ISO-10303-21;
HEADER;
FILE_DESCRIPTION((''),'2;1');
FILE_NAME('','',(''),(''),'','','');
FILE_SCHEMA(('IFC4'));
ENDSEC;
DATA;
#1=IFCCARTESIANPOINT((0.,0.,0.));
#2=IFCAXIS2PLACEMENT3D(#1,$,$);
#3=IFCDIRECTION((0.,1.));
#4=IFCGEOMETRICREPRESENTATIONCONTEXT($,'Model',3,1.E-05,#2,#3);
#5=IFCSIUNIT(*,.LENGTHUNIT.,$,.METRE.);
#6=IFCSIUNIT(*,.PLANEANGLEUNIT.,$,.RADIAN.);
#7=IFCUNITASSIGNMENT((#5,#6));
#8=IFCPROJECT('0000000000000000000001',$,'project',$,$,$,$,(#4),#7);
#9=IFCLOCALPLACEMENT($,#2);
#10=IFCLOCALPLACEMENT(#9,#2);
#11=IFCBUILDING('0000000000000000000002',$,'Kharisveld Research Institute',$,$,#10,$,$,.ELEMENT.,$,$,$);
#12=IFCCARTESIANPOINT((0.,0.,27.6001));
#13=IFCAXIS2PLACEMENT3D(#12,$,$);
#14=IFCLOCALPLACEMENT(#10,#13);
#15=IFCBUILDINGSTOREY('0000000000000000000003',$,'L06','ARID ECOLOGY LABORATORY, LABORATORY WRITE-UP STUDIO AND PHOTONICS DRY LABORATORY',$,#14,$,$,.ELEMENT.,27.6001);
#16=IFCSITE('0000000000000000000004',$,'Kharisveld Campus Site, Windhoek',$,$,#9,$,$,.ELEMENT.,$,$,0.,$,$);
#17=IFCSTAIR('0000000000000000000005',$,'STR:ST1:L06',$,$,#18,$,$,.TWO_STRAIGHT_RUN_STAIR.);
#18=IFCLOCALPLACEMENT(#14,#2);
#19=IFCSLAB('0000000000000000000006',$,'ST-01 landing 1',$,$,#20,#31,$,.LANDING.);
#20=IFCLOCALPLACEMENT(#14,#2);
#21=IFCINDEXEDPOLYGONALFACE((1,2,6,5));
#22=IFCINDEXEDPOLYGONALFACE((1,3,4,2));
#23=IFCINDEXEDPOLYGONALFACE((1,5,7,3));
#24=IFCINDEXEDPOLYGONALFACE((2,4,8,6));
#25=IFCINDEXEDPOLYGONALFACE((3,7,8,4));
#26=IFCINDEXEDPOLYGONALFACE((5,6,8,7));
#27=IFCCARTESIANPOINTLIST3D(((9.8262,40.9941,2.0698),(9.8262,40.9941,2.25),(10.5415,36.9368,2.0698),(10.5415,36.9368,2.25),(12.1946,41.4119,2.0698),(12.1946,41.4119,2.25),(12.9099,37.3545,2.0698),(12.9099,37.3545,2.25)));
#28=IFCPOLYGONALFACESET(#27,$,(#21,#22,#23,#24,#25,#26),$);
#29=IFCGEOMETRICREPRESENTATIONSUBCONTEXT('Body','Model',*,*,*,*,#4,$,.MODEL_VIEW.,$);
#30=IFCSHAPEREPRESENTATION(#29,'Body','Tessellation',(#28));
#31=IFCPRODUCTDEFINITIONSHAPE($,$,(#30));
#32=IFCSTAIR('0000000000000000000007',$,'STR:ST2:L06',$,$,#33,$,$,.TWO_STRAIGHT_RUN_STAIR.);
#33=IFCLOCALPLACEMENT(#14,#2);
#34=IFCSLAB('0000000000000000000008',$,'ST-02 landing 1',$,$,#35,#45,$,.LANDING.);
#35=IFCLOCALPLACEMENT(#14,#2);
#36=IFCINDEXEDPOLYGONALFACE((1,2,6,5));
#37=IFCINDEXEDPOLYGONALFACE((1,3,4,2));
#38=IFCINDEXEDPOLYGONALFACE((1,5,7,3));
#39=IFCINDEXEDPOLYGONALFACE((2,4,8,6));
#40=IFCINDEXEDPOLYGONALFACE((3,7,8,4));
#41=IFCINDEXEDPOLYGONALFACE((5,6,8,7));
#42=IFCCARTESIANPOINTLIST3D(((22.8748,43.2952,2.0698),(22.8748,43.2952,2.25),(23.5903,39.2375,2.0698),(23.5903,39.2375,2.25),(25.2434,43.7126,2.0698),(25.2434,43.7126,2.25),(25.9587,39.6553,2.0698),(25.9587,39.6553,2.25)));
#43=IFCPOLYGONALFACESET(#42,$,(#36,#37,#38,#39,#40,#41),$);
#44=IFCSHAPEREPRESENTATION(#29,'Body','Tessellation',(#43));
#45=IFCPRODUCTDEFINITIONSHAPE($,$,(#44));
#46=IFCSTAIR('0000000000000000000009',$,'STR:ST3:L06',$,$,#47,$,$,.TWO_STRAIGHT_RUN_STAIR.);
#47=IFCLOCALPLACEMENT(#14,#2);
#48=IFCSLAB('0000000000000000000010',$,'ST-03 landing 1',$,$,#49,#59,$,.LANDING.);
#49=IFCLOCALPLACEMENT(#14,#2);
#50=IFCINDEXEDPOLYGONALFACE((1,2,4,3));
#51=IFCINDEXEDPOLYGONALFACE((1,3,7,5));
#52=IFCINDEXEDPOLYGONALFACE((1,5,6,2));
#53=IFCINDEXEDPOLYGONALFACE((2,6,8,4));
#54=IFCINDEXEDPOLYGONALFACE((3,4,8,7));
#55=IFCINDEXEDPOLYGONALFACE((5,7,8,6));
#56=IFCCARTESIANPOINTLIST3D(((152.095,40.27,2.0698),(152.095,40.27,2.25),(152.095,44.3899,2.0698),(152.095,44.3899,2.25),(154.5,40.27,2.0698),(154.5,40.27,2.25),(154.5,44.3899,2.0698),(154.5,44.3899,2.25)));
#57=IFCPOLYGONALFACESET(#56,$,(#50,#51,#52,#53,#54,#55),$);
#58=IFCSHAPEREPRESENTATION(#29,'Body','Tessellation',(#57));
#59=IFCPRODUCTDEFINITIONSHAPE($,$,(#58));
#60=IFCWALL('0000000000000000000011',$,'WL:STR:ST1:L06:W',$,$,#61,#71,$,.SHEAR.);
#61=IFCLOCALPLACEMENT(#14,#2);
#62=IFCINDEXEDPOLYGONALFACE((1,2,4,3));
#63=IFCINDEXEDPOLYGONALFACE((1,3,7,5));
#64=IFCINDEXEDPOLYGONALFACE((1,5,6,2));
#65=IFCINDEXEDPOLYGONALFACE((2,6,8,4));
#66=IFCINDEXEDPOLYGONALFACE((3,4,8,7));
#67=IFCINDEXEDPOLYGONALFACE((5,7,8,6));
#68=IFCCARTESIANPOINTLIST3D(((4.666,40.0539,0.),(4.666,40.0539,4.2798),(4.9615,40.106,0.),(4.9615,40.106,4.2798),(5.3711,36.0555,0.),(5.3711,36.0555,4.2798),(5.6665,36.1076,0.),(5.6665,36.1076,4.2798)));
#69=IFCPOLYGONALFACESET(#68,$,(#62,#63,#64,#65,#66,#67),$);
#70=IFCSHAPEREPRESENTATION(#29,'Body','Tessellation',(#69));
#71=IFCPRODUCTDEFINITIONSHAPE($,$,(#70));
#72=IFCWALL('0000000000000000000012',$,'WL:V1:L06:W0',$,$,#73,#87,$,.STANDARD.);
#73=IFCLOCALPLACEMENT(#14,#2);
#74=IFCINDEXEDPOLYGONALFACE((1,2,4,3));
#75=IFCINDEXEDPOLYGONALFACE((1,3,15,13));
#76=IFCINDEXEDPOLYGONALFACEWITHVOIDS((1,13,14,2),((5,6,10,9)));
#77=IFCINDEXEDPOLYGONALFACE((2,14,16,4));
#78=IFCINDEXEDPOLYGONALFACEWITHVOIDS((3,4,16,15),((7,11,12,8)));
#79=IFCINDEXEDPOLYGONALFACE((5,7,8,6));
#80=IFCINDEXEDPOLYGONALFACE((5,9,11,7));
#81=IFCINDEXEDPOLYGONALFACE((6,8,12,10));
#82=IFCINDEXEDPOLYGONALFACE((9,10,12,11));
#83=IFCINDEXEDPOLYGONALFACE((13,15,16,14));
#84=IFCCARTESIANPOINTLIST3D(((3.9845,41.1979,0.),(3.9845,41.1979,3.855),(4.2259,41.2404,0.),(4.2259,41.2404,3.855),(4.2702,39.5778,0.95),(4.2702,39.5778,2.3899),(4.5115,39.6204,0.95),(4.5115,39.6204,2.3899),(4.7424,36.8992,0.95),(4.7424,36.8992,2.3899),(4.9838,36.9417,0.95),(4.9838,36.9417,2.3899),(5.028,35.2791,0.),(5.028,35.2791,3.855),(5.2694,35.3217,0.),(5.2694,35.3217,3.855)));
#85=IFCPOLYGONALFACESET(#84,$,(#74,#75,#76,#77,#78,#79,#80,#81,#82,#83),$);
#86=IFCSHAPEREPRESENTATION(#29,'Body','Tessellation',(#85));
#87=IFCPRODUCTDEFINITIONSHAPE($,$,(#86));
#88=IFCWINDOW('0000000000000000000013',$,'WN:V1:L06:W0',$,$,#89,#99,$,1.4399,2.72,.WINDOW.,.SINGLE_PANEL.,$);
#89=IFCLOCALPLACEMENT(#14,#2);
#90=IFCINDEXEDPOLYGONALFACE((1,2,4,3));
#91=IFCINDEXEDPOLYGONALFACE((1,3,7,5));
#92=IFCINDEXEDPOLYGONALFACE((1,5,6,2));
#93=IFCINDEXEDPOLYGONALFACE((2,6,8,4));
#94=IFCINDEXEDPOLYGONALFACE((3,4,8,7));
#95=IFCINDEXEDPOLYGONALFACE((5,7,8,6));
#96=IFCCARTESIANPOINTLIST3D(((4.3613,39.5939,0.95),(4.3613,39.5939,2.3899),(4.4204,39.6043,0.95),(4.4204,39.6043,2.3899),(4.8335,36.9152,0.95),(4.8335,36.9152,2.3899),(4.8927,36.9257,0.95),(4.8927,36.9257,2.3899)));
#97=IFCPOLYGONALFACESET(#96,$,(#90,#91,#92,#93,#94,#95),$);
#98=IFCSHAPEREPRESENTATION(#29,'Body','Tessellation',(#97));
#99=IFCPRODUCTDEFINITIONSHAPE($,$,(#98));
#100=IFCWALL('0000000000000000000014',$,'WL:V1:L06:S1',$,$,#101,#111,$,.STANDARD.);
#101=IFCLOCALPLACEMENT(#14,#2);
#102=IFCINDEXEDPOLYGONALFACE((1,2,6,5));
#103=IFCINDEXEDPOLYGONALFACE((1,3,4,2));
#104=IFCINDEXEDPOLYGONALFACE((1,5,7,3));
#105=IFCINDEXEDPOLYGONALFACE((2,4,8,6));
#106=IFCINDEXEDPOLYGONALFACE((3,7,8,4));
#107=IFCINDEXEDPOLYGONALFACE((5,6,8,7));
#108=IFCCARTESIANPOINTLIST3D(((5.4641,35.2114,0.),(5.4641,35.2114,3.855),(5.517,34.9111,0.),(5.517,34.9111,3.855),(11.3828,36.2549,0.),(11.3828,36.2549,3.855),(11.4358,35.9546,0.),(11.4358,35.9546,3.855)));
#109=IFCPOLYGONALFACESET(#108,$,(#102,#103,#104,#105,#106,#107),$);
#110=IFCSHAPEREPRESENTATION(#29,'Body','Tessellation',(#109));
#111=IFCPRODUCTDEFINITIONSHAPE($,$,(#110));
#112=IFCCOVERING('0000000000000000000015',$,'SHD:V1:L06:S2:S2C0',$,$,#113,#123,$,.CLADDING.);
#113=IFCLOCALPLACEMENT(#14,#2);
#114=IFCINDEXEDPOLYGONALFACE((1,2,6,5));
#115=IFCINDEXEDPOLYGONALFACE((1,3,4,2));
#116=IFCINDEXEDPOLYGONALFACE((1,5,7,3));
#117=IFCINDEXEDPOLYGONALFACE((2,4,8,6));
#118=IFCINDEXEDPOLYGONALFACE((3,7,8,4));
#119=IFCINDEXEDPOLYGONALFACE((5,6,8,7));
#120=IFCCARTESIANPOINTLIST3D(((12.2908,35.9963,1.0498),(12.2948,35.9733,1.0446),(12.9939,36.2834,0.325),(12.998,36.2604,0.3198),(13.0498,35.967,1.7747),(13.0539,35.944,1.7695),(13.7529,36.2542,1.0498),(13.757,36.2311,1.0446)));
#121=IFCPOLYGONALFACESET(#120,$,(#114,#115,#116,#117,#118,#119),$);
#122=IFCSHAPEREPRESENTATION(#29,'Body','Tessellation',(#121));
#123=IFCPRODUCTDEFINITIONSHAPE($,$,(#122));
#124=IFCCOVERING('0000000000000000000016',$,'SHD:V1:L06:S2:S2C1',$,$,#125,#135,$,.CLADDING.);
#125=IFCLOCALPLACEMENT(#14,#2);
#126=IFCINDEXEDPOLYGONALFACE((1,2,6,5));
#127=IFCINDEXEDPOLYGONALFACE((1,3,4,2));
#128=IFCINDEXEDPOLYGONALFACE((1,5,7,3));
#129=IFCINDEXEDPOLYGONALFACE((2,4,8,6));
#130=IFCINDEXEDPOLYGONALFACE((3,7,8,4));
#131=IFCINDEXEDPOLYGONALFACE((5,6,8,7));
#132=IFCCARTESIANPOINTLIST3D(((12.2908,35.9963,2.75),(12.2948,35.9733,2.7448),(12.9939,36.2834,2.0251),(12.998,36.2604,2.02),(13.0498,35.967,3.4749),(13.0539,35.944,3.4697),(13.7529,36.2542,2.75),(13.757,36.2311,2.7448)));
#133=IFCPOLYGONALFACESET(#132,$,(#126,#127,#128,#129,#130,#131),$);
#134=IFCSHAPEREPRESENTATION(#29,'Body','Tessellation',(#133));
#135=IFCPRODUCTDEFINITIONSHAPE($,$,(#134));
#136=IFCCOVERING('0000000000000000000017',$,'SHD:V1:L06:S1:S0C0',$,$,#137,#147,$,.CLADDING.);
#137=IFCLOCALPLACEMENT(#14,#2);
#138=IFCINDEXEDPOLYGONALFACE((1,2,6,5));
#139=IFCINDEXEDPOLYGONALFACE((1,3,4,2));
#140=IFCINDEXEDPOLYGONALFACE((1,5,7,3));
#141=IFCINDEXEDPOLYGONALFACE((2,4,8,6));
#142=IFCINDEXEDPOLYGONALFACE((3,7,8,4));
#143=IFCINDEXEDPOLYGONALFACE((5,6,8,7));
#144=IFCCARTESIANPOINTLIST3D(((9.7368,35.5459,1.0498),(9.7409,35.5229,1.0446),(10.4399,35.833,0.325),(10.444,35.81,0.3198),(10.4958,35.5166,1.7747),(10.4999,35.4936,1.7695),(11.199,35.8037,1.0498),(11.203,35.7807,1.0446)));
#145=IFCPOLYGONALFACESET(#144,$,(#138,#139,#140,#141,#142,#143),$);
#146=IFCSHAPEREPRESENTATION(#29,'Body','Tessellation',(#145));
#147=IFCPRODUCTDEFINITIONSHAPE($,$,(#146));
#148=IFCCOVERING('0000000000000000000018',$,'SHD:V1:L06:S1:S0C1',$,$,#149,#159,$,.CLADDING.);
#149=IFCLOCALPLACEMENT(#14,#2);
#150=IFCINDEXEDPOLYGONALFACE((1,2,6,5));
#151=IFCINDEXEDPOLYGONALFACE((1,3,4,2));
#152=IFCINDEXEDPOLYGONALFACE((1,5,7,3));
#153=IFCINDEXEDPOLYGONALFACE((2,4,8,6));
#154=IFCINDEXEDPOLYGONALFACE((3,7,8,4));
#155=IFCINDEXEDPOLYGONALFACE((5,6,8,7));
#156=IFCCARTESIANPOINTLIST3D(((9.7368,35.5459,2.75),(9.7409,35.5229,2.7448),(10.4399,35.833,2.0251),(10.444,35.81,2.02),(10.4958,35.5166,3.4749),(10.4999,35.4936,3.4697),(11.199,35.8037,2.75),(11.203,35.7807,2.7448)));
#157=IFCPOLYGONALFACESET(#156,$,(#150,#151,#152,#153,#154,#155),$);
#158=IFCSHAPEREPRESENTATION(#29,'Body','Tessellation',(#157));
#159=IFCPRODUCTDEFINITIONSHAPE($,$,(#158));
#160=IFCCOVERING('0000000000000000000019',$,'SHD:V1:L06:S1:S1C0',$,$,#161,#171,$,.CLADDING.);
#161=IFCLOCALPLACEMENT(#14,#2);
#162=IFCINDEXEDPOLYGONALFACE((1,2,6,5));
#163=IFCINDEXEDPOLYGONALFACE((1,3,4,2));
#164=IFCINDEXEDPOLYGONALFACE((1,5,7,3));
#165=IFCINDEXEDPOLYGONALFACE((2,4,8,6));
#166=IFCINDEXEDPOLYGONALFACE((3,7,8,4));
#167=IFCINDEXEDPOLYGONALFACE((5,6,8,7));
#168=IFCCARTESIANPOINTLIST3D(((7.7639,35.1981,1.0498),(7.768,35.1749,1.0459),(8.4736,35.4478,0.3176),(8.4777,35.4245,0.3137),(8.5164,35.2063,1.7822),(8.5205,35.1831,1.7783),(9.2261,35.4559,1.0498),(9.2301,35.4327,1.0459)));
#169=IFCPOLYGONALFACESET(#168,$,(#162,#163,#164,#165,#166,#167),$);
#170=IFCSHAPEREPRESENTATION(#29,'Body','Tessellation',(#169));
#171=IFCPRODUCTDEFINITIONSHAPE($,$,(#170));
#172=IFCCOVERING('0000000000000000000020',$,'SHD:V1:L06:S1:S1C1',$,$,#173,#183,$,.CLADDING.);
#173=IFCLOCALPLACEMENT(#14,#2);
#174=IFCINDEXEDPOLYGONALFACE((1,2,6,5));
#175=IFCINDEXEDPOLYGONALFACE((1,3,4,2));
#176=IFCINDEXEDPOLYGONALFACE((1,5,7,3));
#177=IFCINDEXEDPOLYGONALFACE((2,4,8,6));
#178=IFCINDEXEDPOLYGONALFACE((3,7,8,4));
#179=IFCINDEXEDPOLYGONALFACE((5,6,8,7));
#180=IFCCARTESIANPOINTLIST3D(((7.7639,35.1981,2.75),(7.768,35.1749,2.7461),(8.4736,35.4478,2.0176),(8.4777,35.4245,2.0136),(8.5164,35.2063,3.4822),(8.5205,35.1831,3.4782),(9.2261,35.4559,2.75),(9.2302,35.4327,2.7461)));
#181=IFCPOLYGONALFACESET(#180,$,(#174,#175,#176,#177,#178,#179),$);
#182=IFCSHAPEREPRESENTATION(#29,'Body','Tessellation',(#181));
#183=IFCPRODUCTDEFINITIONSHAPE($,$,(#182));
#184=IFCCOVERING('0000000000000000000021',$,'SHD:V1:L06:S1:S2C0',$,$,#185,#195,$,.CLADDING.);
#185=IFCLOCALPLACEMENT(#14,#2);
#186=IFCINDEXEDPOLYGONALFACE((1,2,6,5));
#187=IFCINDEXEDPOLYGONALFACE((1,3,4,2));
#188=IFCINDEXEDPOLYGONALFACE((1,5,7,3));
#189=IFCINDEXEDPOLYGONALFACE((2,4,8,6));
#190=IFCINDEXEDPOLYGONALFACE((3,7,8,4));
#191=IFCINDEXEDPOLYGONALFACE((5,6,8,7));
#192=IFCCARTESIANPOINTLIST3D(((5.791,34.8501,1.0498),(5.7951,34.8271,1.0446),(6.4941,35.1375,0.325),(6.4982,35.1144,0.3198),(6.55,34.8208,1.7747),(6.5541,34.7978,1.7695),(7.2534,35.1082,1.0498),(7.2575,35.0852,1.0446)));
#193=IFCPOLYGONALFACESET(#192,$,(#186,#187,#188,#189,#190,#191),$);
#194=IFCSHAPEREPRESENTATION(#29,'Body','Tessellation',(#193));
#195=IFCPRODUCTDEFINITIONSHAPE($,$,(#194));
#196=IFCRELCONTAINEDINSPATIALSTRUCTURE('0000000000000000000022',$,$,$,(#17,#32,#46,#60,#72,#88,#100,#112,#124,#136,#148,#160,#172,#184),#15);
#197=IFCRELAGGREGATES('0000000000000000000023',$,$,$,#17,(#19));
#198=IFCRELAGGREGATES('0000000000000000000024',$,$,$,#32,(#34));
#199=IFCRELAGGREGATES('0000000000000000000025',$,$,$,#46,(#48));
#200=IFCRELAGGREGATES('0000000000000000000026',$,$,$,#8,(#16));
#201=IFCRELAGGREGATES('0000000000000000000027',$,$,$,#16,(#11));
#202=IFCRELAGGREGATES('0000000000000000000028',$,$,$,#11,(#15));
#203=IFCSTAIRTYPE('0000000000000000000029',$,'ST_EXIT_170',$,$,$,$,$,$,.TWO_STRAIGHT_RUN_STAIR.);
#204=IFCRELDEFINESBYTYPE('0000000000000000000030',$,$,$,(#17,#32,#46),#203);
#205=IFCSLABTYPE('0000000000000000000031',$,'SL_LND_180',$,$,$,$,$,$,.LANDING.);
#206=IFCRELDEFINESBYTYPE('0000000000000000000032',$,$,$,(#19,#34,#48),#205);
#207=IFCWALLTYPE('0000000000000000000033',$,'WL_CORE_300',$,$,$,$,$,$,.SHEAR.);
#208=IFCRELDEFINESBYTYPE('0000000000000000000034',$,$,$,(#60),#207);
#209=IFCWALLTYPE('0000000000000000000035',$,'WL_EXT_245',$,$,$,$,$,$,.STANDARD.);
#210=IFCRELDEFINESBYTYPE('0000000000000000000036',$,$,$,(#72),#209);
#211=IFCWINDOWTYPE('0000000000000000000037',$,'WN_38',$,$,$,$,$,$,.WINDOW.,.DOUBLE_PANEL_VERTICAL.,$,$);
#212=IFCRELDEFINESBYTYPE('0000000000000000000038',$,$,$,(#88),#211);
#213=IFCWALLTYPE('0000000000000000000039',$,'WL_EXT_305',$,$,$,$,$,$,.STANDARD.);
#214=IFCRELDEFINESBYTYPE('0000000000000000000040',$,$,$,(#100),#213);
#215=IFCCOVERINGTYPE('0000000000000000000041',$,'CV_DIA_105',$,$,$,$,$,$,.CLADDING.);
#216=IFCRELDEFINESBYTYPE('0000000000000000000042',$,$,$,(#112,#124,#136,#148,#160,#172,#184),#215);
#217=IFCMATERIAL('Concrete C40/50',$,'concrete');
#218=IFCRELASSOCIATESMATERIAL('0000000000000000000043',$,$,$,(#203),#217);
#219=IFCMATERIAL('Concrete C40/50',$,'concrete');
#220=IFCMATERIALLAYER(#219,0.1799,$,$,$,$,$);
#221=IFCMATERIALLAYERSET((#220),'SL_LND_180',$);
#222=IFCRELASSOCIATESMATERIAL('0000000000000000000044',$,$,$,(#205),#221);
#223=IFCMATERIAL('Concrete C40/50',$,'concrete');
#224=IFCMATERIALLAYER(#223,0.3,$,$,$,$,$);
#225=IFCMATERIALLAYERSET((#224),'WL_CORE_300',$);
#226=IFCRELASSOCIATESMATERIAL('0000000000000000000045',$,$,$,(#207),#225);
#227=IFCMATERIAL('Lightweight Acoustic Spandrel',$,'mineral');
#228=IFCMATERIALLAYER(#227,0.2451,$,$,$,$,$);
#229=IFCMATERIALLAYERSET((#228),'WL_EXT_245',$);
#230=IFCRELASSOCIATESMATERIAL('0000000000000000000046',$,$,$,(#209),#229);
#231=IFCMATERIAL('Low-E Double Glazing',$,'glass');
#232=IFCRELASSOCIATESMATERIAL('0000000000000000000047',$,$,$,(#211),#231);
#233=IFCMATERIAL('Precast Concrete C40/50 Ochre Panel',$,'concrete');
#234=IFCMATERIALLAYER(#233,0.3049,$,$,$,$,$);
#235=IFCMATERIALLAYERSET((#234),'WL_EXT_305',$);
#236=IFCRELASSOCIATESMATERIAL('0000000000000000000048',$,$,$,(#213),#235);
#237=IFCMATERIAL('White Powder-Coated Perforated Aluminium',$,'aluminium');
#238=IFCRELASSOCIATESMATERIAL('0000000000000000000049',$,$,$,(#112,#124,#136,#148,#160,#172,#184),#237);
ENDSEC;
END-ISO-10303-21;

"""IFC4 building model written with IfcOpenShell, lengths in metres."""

from ifc_helpers import new_model, si_unit, direction, frame, frame_2d, origin, place, context, subcontext, project, spatial, polyline, rectangle, outline, extrude, material, layer, layer_set, type_object, element, fill, aggregate, save


model = new_model("IFC4")

# Units and contexts
model_context = context("Model", 3, precision=1e-05, world=origin(), true_north=direction((0.0, 1.0)))
body_context = subcontext(model_context, "Body", "Model", "MODEL_VIEW")
ifc_project = project(units=[si_unit("LENGTHUNIT", "METRE"), si_unit("PLANEANGLEUNIT", "RADIAN")], contexts=[model_context])

# Site, building, storey
site_placement = place(None, origin())
site = spatial("IfcSite", under=ifc_project, at=site_placement, Name="Kharisveld Campus Site, Windhoek", CompositionType="ELEMENT", RefElevation=0.0)
building_placement = place(site_placement, origin())
building = spatial("IfcBuilding", under=site, at=building_placement, Name="Kharisveld Research Institute", CompositionType="ELEMENT")
storey_placement = place(building_placement, frame((0.0, 0.0, 27.6001)))
storey = spatial("IfcBuildingStorey", under=building, at=storey_placement, Name="L06", Description="ARID ECOLOGY LABORATORY, LABORATORY WRITE-UP STUDIO AND PHOTONICS DRY LABORATORY", CompositionType="ELEMENT", Elevation=27.6001)

# Stairs, slabs
ifc_material_1 = material(Name="Concrete C40/50", Category="concrete")
stair_type = type_object("IfcStairType", Name="ST_EXIT_170", PredefinedType="TWO_STRAIGHT_RUN_STAIR", material=ifc_material_1)
stair_1_placement = place(storey_placement, origin())
stair_1 = element("IfcStair", 1, at=stair_1_placement, inside=storey, type_object=stair_type, Name="STR:ST1:L06", PredefinedType="TWO_STRAIGHT_RUN_STAIR")
ifc_material_2 = material(Name="Concrete C40/50", Category="concrete")
ifc_layer_1 = layer(ifc_material_2, 0.1799)
ifc_layer_set_1 = layer_set([ifc_layer_1], Name="SL_LND_180")
slab_type_1 = type_object("IfcSlabType", Name="SL_LND_180", PredefinedType="LANDING", material=ifc_layer_set_1)
slab_1_placement = place(storey_placement, frame((0.0, 0.0, 2.0698)))
slab_1 = element("IfcSlab", 2, at=slab_1_placement, type_object=slab_type_1, Name="ST-01 landing 1", PredefinedType="LANDING", context=body_context, shape_type="SweptSolid", body=[
    extrude(outline(polyline([(10.5415, 36.9368), (12.9099, 37.3545), (12.1946, 41.4119), (9.8262, 40.9941), (10.5415, 36.9368)])), origin(), (0.0, 0.0, 1.0), 0.1802),
])
aggregate(stair_1, [slab_1])
stair_2_placement = place(storey_placement, origin())
stair_2 = element("IfcStair", 3, at=stair_2_placement, inside=storey, type_object=stair_type, Name="STR:ST2:L06", PredefinedType="TWO_STRAIGHT_RUN_STAIR")
slab_2_placement = place(storey_placement, frame((0.0, 0.0, 2.0698)))
slab_2 = element("IfcSlab", 4, at=slab_2_placement, type_object=slab_type_1, Name="ST-02 landing 1", PredefinedType="LANDING", context=body_context, shape_type="SweptSolid", body=[
    extrude(outline(polyline([(23.5903, 39.2375), (25.9587, 39.6553), (25.2434, 43.7126), (22.8748, 43.2952), (23.5903, 39.2375)])), origin(), (0.0, 0.0, 1.0), 0.1802),
])
aggregate(stair_2, [slab_2])
stair_3_placement = place(storey_placement, origin())
stair_3 = element("IfcStair", 5, at=stair_3_placement, inside=storey, type_object=stair_type, Name="STR:ST3:L06", PredefinedType="TWO_STRAIGHT_RUN_STAIR")
slab_3_placement = place(storey_placement, frame((0.0, 0.0, 2.0698)))
slab_3 = element("IfcSlab", 6, at=slab_3_placement, type_object=slab_type_1, Name="ST-03 landing 1", PredefinedType="LANDING", context=body_context, shape_type="SweptSolid", body=[
    extrude(outline(polyline([(152.095, 40.27), (154.5, 40.27), (154.5, 44.3899), (152.095, 44.3899), (152.095, 40.27)])), origin(), (0.0, 0.0, 1.0), 0.1802),
])
aggregate(stair_3, [slab_3])

# Wall
ifc_material_3 = material(Name="Concrete C40/50", Category="concrete")
ifc_layer_2 = layer(ifc_material_3, 0.3)
ifc_layer_set_2 = layer_set([ifc_layer_2], Name="WL_CORE_300")
wall_type_1 = type_object("IfcWallType", Name="WL_CORE_300", PredefinedType="SHEAR", material=ifc_layer_set_2)
wall_1_placement = place(storey_placement, frame((5.5188, 36.0815, 0.0), z_axis=(0.0, 0.0, 1.0), x_axis=(-0.173665, 0.984805, 0.0)))
element("IfcWall", 7, at=wall_1_placement, inside=storey, type_object=wall_type_1, Name="WL:STR:ST1:L06:W", PredefinedType="SHEAR", context=body_context, shape_type="SweptSolid", body=[
    extrude(rectangle(XDim=4.0601, YDim=0.3, at=frame_2d((2.03, 0.0))), origin(), (0.0, 0.0, 1.0), 4.2798),
])

# Wall, opening, window
ifc_material_4 = material(Name="Lightweight Acoustic Spandrel", Category="mineral")
ifc_layer_3 = layer(ifc_material_4, 0.2451)
ifc_layer_set_3 = layer_set([ifc_layer_3], Name="WL_EXT_245")
wall_type_2 = type_object("IfcWallType", Name="WL_EXT_245", PredefinedType="STANDARD", material=ifc_layer_set_3)
wall_2_placement = place(storey_placement, frame((5.1487, 35.3005, 0.0), z_axis=(0.0, 0.0, 1.0), x_axis=(-0.173621, 0.984813, 0.0)))
wall_2 = element("IfcWall", 8, at=wall_2_placement, inside=storey, type_object=wall_type_2, Name="WL:V1:L06:W0", PredefinedType="STANDARD", context=body_context, shape_type="SweptSolid", body=[
    extrude(rectangle(XDim=6.01, YDim=0.2451, at=frame_2d((3.0049, 0.0))), origin(), (0.0, 0.0, 1.0), 3.855),
])
opening_placement = place(wall_2_placement, frame((1.645, 0.0, 0.95)))
opening = element("IfcOpeningElement", 9, at=opening_placement, cuts=wall_2, PredefinedType="OPENING", context=body_context, shape_type="SweptSolid", body=[
    extrude(rectangle(XDim=2.72, YDim=1.4399, at=frame_2d((1.3599, 0.72))), frame((0.0, 0.1226, 0.0), z_axis=(0.0, -1.0, 0.0), x_axis=(1.0, 0.0, 0.0)), (0.0, 0.0, 1.0), 0.2451),
])
ifc_material_5 = material(Name="Low-E Double Glazing", Category="glass")
window_type = type_object("IfcWindowType", Name="WN_38", PartitioningType="DOUBLE_PANEL_VERTICAL", PredefinedType="WINDOW", material=ifc_material_5)
window_placement = place(opening_placement, origin())
window = element("IfcWindow", 10, at=window_placement, inside=storey, type_object=window_type, Name="WN:V1:L06:W0", OverallHeight=1.4399, OverallWidth=2.72, PartitioningType="SINGLE_PANEL", PredefinedType="WINDOW", context=body_context, shape_type="SweptSolid", body=[
    extrude(rectangle(XDim=2.72, YDim=1.4399, at=frame_2d((1.3599, 0.72))), frame((0.0, 0.03, 0.0), z_axis=(0.0, -1.0, 0.0), x_axis=(1.0, 0.0, 0.0)), (0.0, 0.0, 1.0), 0.0601),
])
fill(opening, window)

# Wall
ifc_material_6 = material(Name="Precast Concrete C40/50 Ochre Panel", Category="concrete")
ifc_layer_4 = layer(ifc_material_6, 0.3049)
ifc_layer_set_4 = layer_set([ifc_layer_4], Name="WL_EXT_305")
wall_type_3 = type_object("IfcWallType", Name="WL_EXT_305", PredefinedType="STANDARD", material=ifc_layer_set_4)
wall_3_placement = place(storey_placement, frame((11.4092, 36.1047, 0.0), z_axis=(0.0, 0.0, 1.0), x_axis=(-0.984813, -0.173621, 0.0)))
element("IfcWall", 11, at=wall_3_placement, inside=storey, type_object=wall_type_3, Name="WL:V1:L06:S1", PredefinedType="STANDARD", context=body_context, shape_type="SweptSolid", body=[
    extrude(rectangle(XDim=6.01, YDim=0.3049, at=frame_2d((3.0049, 0.0))), origin(), (0.0, 0.0, 1.0), 3.855),
])

# Coverings
ifc_material_7 = material(Name="White Powder-Coated Perforated Aluminium", Category="aluminium")
covering_type = type_object("IfcCoveringType", Name="CV_DIA_105", PredefinedType="CLADDING")
for number, where, z_axis, x_axis, name in (
    (12, (12.9939, 36.2834, 0.325), (-0.169531, 0.961476, 0.216385), (-0.669725, -0.273471, 0.690421), "SHD:V1:L06:S2:S2C0"),
    (13, (12.9939, 36.2834, 2.0251), (-0.169531, 0.961476, 0.216385), (-0.669725, -0.273471, 0.690421), "SHD:V1:L06:S2:S2C1"),
    (14, (10.4399, 35.833, 0.325), (-0.169531, 0.961476, 0.216385), (-0.669725, -0.273471, 0.690421), "SHD:V1:L06:S1:S0C0"),
    (15, (10.4399, 35.833, 2.0251), (-0.169531, 0.961476, 0.216385), (-0.669725, -0.273471, 0.690421), "SHD:V1:L06:S1:S0C1"),
):
    element("IfcCovering", number, at=place(storey_placement, frame(where, z_axis=z_axis, x_axis=x_axis)), inside=storey, type_object=covering_type, material=ifc_material_7, Name=name, PredefinedType="CLADDING", context=body_context, shape_type="SweptSolid", body=[
        extrude(outline(polyline([(0.0, 0.0), (1.0499, 0.0), (1.05, 1.05), (0.0001, 1.05), (0.0, 0.0)])), origin(), (0.0, 0.0, -1.0), 0.0239),
    ])
covering_1_placement = place(storey_placement, frame((8.4736, 35.4478, 0.3176), z_axis=(-0.171261, 0.97129, 0.165124), x_axis=(-0.676048, -0.237771, 0.697441)))
element("IfcCovering", 16, at=covering_1_placement, inside=storey, type_object=covering_type, material=ifc_material_7, Name="SHD:V1:L06:S1:S1C0", PredefinedType="CLADDING", context=body_context, shape_type="SweptSolid", body=[
    extrude(outline(polyline([(0.0, 0.0), (1.0498, 0.0), (1.05, 1.0501), (0.0, 1.0499), (0.0, 0.0)])), origin(), (0.0, 0.0, -1.0), 0.0239),
])
covering_2_placement = place(storey_placement, frame((8.4736, 35.4478, 2.0176), z_axis=(-0.171261, 0.97129, 0.165124), x_axis=(-0.675931, -0.23777, 0.697555)))
element("IfcCovering", 17, at=covering_2_placement, inside=storey, type_object=covering_type, material=ifc_material_7, Name="SHD:V1:L06:S1:S1C1", PredefinedType="CLADDING", context=body_context, shape_type="SweptSolid", body=[
    extrude(outline(polyline([(0.0, 0.0), (1.05, 0.0), (1.0502, 1.0499), (0.0004, 1.0501), (0.0, 0.0)])), origin(), (0.0, 0.0, -1.0), 0.0239),
])
for number, where, z_axis, x_axis, name in (
    (18, (6.4941, 35.1375, 0.325), (-0.169653, 0.96142, 0.21654), (-0.669686, -0.273667, 0.690382), "SHD:V1:L06:S1:S2C0"),
):
    element("IfcCovering", number, at=place(storey_placement, frame(where, z_axis=z_axis, x_axis=x_axis)), inside=storey, type_object=covering_type, material=ifc_material_7, Name=name, PredefinedType="CLADDING", context=body_context, shape_type="SweptSolid", body=[
        extrude(outline(polyline([(0.0, 0.0), (1.0499, 0.0), (1.0501, 1.05), (0.0, 1.0501), (0.0, 0.0)])), origin(), (0.0, 0.0, -1.0), 0.0239),
    ])

save(model, "model.ifc")
